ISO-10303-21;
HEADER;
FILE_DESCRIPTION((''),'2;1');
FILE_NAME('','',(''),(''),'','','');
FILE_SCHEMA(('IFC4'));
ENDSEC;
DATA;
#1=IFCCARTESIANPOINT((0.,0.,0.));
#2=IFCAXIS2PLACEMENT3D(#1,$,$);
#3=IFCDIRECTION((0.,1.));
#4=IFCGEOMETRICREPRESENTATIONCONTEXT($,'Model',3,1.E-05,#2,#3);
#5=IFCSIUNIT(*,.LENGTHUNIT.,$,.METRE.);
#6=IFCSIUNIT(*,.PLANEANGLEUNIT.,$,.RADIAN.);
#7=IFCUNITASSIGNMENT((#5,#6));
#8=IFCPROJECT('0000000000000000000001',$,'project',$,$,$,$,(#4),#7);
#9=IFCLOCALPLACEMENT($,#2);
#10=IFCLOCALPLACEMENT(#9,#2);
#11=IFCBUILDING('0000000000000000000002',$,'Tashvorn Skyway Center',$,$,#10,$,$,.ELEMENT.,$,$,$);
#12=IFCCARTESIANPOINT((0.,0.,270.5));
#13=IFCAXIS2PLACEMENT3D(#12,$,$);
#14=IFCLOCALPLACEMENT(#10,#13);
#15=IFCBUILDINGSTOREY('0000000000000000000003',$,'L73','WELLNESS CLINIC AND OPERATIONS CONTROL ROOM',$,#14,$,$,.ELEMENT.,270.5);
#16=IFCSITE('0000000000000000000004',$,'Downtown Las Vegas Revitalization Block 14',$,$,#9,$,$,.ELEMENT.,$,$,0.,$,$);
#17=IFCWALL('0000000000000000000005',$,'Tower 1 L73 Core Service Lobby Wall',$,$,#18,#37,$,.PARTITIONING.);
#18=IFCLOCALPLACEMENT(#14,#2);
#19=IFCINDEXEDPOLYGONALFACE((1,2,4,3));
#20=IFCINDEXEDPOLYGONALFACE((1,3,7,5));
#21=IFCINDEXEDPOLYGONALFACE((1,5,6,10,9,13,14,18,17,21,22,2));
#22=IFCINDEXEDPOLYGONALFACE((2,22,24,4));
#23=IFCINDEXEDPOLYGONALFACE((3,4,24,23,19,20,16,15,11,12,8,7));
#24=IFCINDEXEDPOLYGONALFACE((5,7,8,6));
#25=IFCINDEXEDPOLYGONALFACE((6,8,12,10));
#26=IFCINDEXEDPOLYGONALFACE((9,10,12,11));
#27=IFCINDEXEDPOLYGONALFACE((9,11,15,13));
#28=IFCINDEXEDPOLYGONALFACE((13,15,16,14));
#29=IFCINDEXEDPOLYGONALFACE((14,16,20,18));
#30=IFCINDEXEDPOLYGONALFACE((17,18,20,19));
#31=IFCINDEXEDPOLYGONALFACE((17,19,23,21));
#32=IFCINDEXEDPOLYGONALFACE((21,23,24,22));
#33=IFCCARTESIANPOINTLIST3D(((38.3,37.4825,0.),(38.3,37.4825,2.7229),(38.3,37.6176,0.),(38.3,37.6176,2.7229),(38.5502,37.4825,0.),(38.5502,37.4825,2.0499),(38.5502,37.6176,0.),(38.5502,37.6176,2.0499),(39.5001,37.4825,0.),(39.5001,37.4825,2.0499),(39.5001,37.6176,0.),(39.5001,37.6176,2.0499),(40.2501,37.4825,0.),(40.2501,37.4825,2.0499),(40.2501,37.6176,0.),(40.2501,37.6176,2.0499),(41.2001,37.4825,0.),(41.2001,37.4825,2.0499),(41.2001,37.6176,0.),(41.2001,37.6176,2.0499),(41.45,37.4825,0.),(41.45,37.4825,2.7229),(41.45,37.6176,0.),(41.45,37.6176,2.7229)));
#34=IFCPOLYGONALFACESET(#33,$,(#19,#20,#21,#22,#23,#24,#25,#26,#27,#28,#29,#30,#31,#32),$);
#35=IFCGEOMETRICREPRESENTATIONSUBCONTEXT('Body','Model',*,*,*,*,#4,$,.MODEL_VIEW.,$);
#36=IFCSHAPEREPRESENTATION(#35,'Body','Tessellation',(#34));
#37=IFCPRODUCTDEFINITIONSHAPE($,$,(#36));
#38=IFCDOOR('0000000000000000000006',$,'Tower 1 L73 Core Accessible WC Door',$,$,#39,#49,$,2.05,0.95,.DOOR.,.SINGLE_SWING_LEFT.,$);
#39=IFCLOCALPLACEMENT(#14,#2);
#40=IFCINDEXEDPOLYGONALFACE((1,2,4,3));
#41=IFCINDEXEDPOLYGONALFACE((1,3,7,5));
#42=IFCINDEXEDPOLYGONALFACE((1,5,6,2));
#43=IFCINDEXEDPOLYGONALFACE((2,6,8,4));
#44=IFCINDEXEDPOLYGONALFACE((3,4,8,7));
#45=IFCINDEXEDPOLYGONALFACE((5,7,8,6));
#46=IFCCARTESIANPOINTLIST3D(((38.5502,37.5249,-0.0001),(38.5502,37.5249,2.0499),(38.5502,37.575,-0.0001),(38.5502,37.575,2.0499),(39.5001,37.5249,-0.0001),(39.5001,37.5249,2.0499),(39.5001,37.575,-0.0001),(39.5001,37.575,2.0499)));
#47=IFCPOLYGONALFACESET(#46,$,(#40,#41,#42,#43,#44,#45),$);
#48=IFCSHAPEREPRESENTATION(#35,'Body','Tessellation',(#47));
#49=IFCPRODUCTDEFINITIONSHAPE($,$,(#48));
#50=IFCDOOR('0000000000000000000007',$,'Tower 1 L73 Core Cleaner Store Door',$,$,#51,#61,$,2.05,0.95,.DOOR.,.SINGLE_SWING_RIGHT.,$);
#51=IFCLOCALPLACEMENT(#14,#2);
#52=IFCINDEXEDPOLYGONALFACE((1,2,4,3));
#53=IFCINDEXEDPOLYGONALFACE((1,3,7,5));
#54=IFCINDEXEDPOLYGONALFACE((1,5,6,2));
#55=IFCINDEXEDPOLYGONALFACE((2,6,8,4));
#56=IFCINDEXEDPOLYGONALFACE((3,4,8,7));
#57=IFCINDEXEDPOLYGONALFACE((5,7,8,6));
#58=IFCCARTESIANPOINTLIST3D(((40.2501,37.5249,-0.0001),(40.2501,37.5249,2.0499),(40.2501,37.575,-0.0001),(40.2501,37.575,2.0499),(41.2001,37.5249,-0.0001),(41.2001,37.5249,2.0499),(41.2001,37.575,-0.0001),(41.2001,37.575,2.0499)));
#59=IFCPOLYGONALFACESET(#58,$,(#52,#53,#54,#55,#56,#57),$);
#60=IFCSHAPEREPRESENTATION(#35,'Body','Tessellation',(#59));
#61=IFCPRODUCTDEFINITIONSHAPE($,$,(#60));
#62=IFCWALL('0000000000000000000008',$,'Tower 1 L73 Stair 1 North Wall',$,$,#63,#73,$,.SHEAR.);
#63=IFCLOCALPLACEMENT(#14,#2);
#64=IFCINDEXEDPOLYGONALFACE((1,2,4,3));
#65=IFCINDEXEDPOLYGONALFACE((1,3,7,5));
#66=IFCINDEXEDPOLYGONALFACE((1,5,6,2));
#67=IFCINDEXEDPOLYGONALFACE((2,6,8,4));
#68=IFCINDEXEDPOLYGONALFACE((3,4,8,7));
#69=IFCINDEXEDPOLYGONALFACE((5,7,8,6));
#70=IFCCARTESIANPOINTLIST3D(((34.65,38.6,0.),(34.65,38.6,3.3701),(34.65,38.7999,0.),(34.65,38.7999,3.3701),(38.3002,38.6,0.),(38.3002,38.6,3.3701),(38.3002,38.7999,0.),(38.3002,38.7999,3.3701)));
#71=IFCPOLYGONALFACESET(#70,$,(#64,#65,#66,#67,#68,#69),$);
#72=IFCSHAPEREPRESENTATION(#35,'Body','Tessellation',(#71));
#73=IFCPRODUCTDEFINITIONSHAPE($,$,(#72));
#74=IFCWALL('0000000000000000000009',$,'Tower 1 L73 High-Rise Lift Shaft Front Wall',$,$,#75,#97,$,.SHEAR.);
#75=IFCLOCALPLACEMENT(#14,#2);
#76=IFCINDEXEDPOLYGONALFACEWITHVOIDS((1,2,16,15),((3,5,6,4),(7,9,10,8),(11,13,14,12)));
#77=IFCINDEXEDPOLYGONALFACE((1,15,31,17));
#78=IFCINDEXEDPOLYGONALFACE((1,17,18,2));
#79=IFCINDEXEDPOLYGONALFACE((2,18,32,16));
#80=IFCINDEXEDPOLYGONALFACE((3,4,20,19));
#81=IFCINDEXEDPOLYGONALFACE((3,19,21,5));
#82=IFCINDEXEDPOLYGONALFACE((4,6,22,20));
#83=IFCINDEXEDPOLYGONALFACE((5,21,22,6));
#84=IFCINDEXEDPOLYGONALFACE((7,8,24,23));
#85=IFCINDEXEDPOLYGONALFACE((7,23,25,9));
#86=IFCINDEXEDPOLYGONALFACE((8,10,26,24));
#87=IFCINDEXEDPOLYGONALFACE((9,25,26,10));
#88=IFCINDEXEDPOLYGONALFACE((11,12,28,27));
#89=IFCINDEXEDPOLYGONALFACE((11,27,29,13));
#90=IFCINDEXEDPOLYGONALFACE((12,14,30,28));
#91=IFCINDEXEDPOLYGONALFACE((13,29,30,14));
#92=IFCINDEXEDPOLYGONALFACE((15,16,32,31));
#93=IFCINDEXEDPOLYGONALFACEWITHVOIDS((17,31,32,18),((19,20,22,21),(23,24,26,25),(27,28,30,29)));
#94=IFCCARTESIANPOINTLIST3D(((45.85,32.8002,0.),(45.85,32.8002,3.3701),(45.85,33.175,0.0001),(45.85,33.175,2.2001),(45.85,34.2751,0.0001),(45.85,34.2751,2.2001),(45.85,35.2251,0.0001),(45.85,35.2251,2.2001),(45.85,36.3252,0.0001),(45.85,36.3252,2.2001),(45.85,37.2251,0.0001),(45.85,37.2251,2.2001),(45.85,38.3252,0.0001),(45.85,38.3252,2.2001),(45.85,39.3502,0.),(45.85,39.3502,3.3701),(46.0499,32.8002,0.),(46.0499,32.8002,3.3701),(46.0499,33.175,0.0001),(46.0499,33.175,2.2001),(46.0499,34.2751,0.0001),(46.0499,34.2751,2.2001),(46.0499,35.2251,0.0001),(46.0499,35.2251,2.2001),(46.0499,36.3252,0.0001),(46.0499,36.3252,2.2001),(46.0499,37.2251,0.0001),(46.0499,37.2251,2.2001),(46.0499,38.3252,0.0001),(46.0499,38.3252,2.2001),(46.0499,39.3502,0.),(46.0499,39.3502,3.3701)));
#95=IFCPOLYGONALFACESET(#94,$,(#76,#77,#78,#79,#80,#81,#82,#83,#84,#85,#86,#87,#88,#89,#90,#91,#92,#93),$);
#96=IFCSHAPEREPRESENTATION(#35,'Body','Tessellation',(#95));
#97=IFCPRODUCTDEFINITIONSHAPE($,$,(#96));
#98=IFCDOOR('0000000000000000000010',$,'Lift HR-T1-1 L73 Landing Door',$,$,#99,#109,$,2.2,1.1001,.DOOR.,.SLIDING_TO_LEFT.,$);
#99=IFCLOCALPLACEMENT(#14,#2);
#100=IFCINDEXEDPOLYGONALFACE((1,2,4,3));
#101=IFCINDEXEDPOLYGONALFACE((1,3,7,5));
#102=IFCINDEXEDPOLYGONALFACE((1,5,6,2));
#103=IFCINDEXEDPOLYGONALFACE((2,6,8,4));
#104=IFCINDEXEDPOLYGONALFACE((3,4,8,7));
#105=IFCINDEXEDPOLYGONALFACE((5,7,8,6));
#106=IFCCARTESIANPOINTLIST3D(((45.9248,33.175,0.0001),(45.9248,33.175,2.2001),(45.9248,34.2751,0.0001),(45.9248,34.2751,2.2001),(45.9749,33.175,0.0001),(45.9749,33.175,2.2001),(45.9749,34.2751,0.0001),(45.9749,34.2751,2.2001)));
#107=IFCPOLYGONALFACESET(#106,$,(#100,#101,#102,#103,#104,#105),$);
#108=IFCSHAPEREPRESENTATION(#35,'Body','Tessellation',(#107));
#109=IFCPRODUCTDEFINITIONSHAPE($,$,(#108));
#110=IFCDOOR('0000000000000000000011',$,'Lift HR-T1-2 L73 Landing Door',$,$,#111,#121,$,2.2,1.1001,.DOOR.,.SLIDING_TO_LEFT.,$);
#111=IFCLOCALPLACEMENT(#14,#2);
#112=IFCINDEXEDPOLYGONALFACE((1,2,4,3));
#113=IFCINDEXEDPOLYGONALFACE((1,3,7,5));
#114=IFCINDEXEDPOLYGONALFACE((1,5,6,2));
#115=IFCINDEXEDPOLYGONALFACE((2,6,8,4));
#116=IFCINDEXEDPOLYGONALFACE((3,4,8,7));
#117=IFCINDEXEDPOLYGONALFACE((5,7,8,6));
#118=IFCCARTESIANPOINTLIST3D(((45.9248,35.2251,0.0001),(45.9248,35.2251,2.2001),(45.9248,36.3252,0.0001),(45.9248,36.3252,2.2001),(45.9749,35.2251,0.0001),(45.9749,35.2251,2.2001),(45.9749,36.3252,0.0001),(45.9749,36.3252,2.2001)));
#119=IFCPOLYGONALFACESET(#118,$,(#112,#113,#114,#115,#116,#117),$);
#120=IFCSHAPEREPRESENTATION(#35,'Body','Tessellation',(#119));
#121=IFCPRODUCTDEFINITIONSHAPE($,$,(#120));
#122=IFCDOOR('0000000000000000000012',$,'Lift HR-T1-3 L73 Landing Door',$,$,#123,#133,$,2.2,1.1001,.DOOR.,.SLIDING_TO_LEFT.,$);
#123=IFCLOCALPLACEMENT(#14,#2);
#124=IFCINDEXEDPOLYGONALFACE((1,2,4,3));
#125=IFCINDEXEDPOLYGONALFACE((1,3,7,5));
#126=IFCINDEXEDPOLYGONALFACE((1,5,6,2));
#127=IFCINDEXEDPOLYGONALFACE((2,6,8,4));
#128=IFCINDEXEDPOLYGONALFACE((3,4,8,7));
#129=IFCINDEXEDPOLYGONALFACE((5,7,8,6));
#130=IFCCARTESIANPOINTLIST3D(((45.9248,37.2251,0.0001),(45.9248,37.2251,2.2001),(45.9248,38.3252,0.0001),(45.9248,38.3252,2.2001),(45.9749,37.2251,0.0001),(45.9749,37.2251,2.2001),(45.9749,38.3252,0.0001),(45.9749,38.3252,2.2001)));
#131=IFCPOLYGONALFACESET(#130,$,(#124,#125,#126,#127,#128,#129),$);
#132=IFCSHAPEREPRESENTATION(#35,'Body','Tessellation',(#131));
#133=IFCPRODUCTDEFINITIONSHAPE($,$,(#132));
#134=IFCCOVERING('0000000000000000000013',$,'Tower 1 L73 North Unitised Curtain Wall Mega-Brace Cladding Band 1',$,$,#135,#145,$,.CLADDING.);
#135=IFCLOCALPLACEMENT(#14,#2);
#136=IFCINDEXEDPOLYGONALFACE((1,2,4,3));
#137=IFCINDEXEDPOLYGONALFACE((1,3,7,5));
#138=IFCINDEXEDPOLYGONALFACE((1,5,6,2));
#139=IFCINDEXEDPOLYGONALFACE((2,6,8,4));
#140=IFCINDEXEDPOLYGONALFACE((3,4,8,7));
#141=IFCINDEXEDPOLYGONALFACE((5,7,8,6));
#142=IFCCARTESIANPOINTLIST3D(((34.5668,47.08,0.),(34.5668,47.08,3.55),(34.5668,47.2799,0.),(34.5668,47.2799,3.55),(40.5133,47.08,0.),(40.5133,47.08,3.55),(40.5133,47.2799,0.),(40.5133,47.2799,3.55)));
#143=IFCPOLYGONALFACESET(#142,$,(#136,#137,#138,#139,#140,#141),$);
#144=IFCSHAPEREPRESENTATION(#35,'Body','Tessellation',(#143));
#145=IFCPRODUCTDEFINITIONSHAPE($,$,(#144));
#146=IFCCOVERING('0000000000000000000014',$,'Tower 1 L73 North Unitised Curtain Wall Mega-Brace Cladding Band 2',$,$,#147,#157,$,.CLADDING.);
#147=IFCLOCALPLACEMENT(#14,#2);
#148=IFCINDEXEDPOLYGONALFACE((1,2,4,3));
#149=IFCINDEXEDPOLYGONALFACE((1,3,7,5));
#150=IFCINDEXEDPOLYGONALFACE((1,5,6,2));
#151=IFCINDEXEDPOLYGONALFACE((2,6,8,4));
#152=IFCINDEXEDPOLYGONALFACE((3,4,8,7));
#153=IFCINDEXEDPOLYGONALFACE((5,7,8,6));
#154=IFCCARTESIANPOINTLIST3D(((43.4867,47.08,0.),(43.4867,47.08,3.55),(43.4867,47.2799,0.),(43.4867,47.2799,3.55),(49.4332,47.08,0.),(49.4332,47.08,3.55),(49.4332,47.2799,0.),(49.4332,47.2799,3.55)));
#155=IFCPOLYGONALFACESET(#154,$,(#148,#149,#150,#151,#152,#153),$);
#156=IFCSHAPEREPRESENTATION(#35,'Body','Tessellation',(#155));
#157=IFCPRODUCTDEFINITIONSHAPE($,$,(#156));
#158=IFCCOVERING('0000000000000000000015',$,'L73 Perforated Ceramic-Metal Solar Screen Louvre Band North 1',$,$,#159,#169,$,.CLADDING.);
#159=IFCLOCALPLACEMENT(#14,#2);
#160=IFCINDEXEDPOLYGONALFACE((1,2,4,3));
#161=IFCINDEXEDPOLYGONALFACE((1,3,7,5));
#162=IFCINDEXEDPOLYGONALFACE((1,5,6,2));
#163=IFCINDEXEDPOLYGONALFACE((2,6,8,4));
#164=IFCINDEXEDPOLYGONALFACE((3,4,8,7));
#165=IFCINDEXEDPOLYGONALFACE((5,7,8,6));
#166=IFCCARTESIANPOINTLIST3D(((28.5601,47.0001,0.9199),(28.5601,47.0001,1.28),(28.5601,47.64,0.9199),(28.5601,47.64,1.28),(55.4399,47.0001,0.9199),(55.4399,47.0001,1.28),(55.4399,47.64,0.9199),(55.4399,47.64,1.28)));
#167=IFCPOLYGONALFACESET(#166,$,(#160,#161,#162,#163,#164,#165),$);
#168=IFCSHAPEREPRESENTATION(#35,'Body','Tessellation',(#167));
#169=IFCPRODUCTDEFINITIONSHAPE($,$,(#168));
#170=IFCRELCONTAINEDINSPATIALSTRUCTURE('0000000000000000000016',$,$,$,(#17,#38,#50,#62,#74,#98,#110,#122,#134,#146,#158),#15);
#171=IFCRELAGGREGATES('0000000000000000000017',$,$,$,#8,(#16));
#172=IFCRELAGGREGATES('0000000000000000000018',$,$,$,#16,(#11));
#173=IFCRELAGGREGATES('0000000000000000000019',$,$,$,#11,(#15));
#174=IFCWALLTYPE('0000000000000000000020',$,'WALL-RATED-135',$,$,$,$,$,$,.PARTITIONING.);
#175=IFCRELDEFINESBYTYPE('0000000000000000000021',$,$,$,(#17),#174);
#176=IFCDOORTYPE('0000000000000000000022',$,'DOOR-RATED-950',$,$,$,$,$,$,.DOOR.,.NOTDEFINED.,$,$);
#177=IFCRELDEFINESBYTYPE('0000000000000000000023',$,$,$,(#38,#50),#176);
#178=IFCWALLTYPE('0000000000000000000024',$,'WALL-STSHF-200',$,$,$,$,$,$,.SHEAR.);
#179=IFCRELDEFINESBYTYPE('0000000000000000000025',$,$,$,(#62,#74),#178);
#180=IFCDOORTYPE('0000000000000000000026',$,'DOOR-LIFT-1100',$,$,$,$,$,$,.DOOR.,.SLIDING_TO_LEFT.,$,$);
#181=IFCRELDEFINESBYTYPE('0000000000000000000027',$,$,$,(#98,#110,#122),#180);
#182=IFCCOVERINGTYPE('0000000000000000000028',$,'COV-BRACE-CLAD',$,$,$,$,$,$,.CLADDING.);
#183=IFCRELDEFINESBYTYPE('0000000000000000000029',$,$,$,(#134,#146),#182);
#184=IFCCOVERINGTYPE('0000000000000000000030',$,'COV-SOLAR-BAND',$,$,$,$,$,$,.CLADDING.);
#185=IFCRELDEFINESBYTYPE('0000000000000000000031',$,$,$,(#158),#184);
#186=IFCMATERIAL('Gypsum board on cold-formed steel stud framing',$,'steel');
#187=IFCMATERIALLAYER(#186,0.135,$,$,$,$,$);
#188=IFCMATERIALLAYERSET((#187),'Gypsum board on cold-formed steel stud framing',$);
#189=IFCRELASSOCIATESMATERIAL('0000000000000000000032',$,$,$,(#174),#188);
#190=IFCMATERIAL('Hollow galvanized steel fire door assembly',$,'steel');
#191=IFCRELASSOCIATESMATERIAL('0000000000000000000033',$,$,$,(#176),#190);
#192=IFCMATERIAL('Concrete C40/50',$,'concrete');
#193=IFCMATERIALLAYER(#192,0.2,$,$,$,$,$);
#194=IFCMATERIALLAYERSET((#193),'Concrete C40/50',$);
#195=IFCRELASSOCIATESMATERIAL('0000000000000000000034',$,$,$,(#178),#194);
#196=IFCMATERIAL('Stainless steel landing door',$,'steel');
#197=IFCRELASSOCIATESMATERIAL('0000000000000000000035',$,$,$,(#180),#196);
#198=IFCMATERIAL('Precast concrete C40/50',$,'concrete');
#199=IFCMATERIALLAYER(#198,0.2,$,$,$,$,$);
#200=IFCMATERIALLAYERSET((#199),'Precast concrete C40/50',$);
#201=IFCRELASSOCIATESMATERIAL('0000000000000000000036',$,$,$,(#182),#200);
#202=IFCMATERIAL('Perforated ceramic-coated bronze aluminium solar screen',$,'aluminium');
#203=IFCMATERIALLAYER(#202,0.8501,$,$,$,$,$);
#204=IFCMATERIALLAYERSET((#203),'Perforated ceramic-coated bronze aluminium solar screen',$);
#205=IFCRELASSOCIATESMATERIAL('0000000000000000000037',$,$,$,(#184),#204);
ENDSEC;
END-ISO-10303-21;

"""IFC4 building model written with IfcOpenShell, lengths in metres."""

from ifc_helpers import new_model, si_unit, direction, frame, frame_2d, origin, origin_2d, place, context, subcontext, project, spatial, rectangle, extrude, material, layer, layer_set, type_object, element, fill, save


model = new_model("IFC4")

# Units and contexts
model_context = context("Model", 3, precision=1e-05, world=origin(), true_north=direction((0.0, 1.0)))
body_context = subcontext(model_context, "Body", "Model", "MODEL_VIEW")
ifc_project = project(units=[si_unit("LENGTHUNIT", "METRE"), si_unit("PLANEANGLEUNIT", "RADIAN")], contexts=[model_context])

# Site, building, storey
site_placement = place(None, origin())
site = spatial("IfcSite", under=ifc_project, at=site_placement, Name="Downtown Las Vegas Revitalization Block 14", CompositionType="ELEMENT", RefElevation=0.0)
building_placement = place(site_placement, origin())
building = spatial("IfcBuilding", under=site, at=building_placement, Name="Tashvorn Skyway Center", CompositionType="ELEMENT")
storey_placement = place(building_placement, frame((0.0, 0.0, 270.5)))
storey = spatial("IfcBuildingStorey", under=building, at=storey_placement, Name="L73", Description="WELLNESS CLINIC AND OPERATIONS CONTROL ROOM", CompositionType="ELEMENT", Elevation=270.5)

# Shared definitions
ifc_material_1 = material(Name="Hollow galvanized steel fire door assembly", Category="steel")

# Shared definitions
ifc_material_2 = material(Name="Gypsum board on cold-formed steel stud framing", Category="steel")

# Wall, openings, doors
ifc_layer_1 = layer(ifc_material_2, 0.135)
ifc_layer_set_1 = layer_set([ifc_layer_1], Name="Gypsum board on cold-formed steel stud framing")
wall_type_1 = type_object("IfcWallType", Name="WALL-RATED-135", PredefinedType="PARTITIONING", material=ifc_layer_set_1)
wall_1_placement = place(storey_placement, frame((38.3, 37.55, 0.0), z_axis=(0.0, 0.0, 1.0), x_axis=(1.0, 0.0, 0.0)))
wall_1 = element("IfcWall", 1, at=wall_1_placement, inside=storey, type_object=wall_type_1, Name="Tower 1 L73 Core Service Lobby Wall", PredefinedType="PARTITIONING", context=body_context, shape_type="SweptSolid", body=[
    extrude(rectangle(XDim=3.1499, YDim=0.135, at=frame_2d((1.575, 0.0))), origin(), (0.0, 0.0, 1.0), 2.7229),
])
opening_1_placement = place(wall_1_placement, frame((0.25, 0.0, 0.0)))
opening_1 = element("IfcOpeningElement", 2, at=opening_1_placement, cuts=wall_1, PredefinedType="OPENING", context=body_context, shape_type="SweptSolid", body=[
    extrude(rectangle(XDim=0.95, YDim=2.05, at=frame_2d((0.4751, 1.0249))), frame((0.0, 0.0774, 0.0), z_axis=(0.0, -1.0, 0.0), x_axis=(1.0, 0.0, 0.0)), (0.0, 0.0, 1.0), 0.155),
])
opening_2_placement = place(wall_1_placement, frame((1.95, 0.0, 0.0)))
opening_2 = element("IfcOpeningElement", 3, at=opening_2_placement, cuts=wall_1, PredefinedType="OPENING", context=body_context, shape_type="SweptSolid", body=[
    extrude(rectangle(XDim=0.95, YDim=2.05, at=frame_2d((0.4751, 1.0249))), frame((0.0, 0.0774, 0.0), z_axis=(0.0, -1.0, 0.0), x_axis=(1.0, 0.0, 0.0)), (0.0, 0.0, 1.0), 0.155),
])
door_type_1 = type_object("IfcDoorType", Name="DOOR-RATED-950", OperationType="NOTDEFINED", PredefinedType="DOOR", material=ifc_material_1)
door_1_placement = place(opening_1_placement, origin())
door_1 = element("IfcDoor", 4, at=door_1_placement, inside=storey, type_object=door_type_1, Name="Tower 1 L73 Core Accessible WC Door", OperationType="SINGLE_SWING_LEFT", OverallHeight=2.05, OverallWidth=0.95, PredefinedType="DOOR", context=body_context, shape_type="SweptSolid", body=[
    extrude(rectangle(XDim=0.95, YDim=2.05, at=frame_2d((0.4751, 1.0249))), frame((0.0, 0.0249, 0.0), z_axis=(0.0, -1.0, 0.0), x_axis=(1.0, 0.0, 0.0)), (0.0, 0.0, 1.0), 0.05),
])
fill(opening_1, door_1)
door_2_placement = place(opening_2_placement, origin())
door_2 = element("IfcDoor", 5, at=door_2_placement, inside=storey, type_object=door_type_1, Name="Tower 1 L73 Core Cleaner Store Door", OperationType="SINGLE_SWING_RIGHT", OverallHeight=2.05, OverallWidth=0.95, PredefinedType="DOOR", context=body_context, shape_type="SweptSolid", body=[
    extrude(rectangle(XDim=0.95, YDim=2.05, at=frame_2d((0.4751, 1.0249))), frame((0.0, 0.0249, 0.0), z_axis=(0.0, -1.0, 0.0), x_axis=(1.0, 0.0, 0.0)), (0.0, 0.0, 1.0), 0.05),
])
fill(opening_2, door_2)

# Wall
ifc_material_3 = material(Name="Concrete C40/50", Category="concrete")
ifc_layer_2 = layer(ifc_material_3, 0.2)
ifc_layer_set_2 = layer_set([ifc_layer_2], Name="Concrete C40/50")
wall_type_2 = type_object("IfcWallType", Name="WALL-STSHF-200", PredefinedType="SHEAR", material=ifc_layer_set_2)
wall_2_placement = place(storey_placement, frame((34.6499, 38.7, 0.0), z_axis=(0.0, 0.0, 1.0), x_axis=(1.0, 0.0, 0.0)))
element("IfcWall", 6, at=wall_2_placement, inside=storey, type_object=wall_type_2, Name="Tower 1 L73 Stair 1 North Wall", PredefinedType="SHEAR", context=body_context, shape_type="SweptSolid", body=[
    extrude(rectangle(XDim=3.6501, YDim=0.2, at=frame_2d((1.8252, 0.0))), origin(), (0.0, 0.0, 1.0), 3.3701),
])

# Wall, openings, doors
wall_3_placement = place(storey_placement, frame((45.95, 39.3501, 0.0), z_axis=(0.0, 0.0, 1.0), x_axis=(0.0, -1.0, 0.0)))
wall_3 = element("IfcWall", 7, at=wall_3_placement, inside=storey, type_object=wall_type_2, Name="Tower 1 L73 High-Rise Lift Shaft Front Wall", PredefinedType="SHEAR", context=body_context, shape_type="SweptSolid", body=[
    extrude(rectangle(XDim=6.55, YDim=0.2, at=frame_2d((3.2749, 0.0))), origin(), (0.0, 0.0, 1.0), 3.3701),
])
opening_3_placement = place(wall_3_placement, frame((5.075, 0.0, 0.0)))
opening_3 = element("IfcOpeningElement", 8, at=opening_3_placement, cuts=wall_3, PredefinedType="OPENING", context=body_context, shape_type="SweptSolid", body=[
    extrude(rectangle(XDim=1.1001, YDim=2.2, at=frame_2d((0.55, 1.1001))), frame((0.0, 0.1099, 0.0), z_axis=(0.0, -1.0, 0.0), x_axis=(1.0, 0.0, 0.0)), (0.0, 0.0, 1.0), 0.22),
])
opening_4_placement = place(wall_3_placement, frame((3.0249, 0.0, 0.0)))
opening_4 = element("IfcOpeningElement", 9, at=opening_4_placement, cuts=wall_3, PredefinedType="OPENING", context=body_context, shape_type="SweptSolid", body=[
    extrude(rectangle(XDim=1.1001, YDim=2.2, at=frame_2d((0.55, 1.1001))), frame((0.0, 0.1099, 0.0), z_axis=(0.0, -1.0, 0.0), x_axis=(1.0, 0.0, 0.0)), (0.0, 0.0, 1.0), 0.22),
])
opening_5_placement = place(wall_3_placement, frame((1.0249, 0.0, 0.0)))
opening_5 = element("IfcOpeningElement", 10, at=opening_5_placement, cuts=wall_3, PredefinedType="OPENING", context=body_context, shape_type="SweptSolid", body=[
    extrude(rectangle(XDim=1.1001, YDim=2.2, at=frame_2d((0.55, 1.1001))), frame((0.0, 0.1099, 0.0), z_axis=(0.0, -1.0, 0.0), x_axis=(1.0, 0.0, 0.0)), (0.0, 0.0, 1.0), 0.22),
])
ifc_material_4 = material(Name="Stainless steel landing door", Category="steel")
door_type_2 = type_object("IfcDoorType", Name="DOOR-LIFT-1100", OperationType="SLIDING_TO_LEFT", PredefinedType="DOOR", material=ifc_material_4)
door_3_placement = place(opening_3_placement, origin())
door_3 = element("IfcDoor", 11, at=door_3_placement, inside=storey, type_object=door_type_2, Name="Lift HR-T1-1 L73 Landing Door", OperationType="SLIDING_TO_LEFT", OverallHeight=2.2, OverallWidth=1.1001, PredefinedType="DOOR", context=body_context, shape_type="SweptSolid", body=[
    extrude(rectangle(XDim=1.1001, YDim=2.2, at=frame_2d((0.55, 1.1001))), frame((0.0, 0.0249, 0.0), z_axis=(0.0, -1.0, 0.0), x_axis=(1.0, 0.0, 0.0)), (0.0, 0.0, 1.0), 0.05),
])
fill(opening_3, door_3)
door_4_placement = place(opening_4_placement, origin())
door_4 = element("IfcDoor", 12, at=door_4_placement, inside=storey, type_object=door_type_2, Name="Lift HR-T1-2 L73 Landing Door", OperationType="SLIDING_TO_LEFT", OverallHeight=2.2, OverallWidth=1.1001, PredefinedType="DOOR", context=body_context, shape_type="SweptSolid", body=[
    extrude(rectangle(XDim=1.1001, YDim=2.2, at=frame_2d((0.55, 1.1001))), frame((0.0, 0.0249, 0.0), z_axis=(0.0, -1.0, 0.0), x_axis=(1.0, 0.0, 0.0)), (0.0, 0.0, 1.0), 0.05),
])
fill(opening_4, door_4)
door_5_placement = place(opening_5_placement, origin())
door_5 = element("IfcDoor", 13, at=door_5_placement, inside=storey, type_object=door_type_2, Name="Lift HR-T1-3 L73 Landing Door", OperationType="SLIDING_TO_LEFT", OverallHeight=2.2, OverallWidth=1.1001, PredefinedType="DOOR", context=body_context, shape_type="SweptSolid", body=[
    extrude(rectangle(XDim=1.1001, YDim=2.2, at=frame_2d((0.55, 1.1001))), frame((0.0, 0.0249, 0.0), z_axis=(0.0, -1.0, 0.0), x_axis=(1.0, 0.0, 0.0)), (0.0, 0.0, 1.0), 0.05),
])
fill(opening_5, door_5)

# Coverings
ifc_material_5 = material(Name="Precast concrete C40/50", Category="concrete")
ifc_layer_3 = layer(ifc_material_5, 0.2)
ifc_layer_set_3 = layer_set([ifc_layer_3], Name="Precast concrete C40/50")
covering_type_1 = type_object("IfcCoveringType", Name="COV-BRACE-CLAD", PredefinedType="CLADDING", material=ifc_layer_set_3)
for number, where, z_axis, x_axis, name in (
    (14, (37.54, 47.1799, 0.0), (0.0, 0.0, 1.0), (1.0, 0.0, 0.0), "Tower 1 L73 North Unitised Curtain Wall Mega-Brace Cladding Band 1"),
    (15, (46.46, 47.1799, 0.0), (0.0, 0.0, 1.0), (1.0, 0.0, 0.0), "Tower 1 L73 North Unitised Curtain Wall Mega-Brace Cladding Band 2"),
):
    element("IfcCovering", number, at=place(storey_placement, frame(where, z_axis=z_axis, x_axis=x_axis)), inside=storey, type_object=covering_type_1, Name=name, PredefinedType="CLADDING", context=body_context, shape_type="SweptSolid", body=[
        extrude(rectangle(XDim=5.9465, YDim=0.2, at=origin_2d()), origin(), (0.0, 0.0, 1.0), 3.55),
    ])
ifc_material_6 = material(Name="Perforated ceramic-coated bronze aluminium solar screen", Category="aluminium")
ifc_layer_4 = layer(ifc_material_6, 0.8501)
ifc_layer_set_4 = layer_set([ifc_layer_4], Name="Perforated ceramic-coated bronze aluminium solar screen")
covering_type_2 = type_object("IfcCoveringType", Name="COV-SOLAR-BAND", PredefinedType="CLADDING", material=ifc_layer_set_4)
for number, where, z_axis, x_axis, name in (
    (16, (42.0, 47.3201, 0.9199), (0.0, 0.0, 1.0), (1.0, 0.0, 0.0), "L73 Perforated Ceramic-Metal Solar Screen Louvre Band North 1"),
):
    element("IfcCovering", number, at=place(storey_placement, frame(where, z_axis=z_axis, x_axis=x_axis)), inside=storey, type_object=covering_type_2, Name=name, PredefinedType="CLADDING", context=body_context, shape_type="SweptSolid", body=[
        extrude(rectangle(XDim=26.8799, YDim=0.6399, at=origin_2d()), origin(), (0.0, 0.0, 1.0), 0.3601),
    ])

save(model, "model.ifc")
